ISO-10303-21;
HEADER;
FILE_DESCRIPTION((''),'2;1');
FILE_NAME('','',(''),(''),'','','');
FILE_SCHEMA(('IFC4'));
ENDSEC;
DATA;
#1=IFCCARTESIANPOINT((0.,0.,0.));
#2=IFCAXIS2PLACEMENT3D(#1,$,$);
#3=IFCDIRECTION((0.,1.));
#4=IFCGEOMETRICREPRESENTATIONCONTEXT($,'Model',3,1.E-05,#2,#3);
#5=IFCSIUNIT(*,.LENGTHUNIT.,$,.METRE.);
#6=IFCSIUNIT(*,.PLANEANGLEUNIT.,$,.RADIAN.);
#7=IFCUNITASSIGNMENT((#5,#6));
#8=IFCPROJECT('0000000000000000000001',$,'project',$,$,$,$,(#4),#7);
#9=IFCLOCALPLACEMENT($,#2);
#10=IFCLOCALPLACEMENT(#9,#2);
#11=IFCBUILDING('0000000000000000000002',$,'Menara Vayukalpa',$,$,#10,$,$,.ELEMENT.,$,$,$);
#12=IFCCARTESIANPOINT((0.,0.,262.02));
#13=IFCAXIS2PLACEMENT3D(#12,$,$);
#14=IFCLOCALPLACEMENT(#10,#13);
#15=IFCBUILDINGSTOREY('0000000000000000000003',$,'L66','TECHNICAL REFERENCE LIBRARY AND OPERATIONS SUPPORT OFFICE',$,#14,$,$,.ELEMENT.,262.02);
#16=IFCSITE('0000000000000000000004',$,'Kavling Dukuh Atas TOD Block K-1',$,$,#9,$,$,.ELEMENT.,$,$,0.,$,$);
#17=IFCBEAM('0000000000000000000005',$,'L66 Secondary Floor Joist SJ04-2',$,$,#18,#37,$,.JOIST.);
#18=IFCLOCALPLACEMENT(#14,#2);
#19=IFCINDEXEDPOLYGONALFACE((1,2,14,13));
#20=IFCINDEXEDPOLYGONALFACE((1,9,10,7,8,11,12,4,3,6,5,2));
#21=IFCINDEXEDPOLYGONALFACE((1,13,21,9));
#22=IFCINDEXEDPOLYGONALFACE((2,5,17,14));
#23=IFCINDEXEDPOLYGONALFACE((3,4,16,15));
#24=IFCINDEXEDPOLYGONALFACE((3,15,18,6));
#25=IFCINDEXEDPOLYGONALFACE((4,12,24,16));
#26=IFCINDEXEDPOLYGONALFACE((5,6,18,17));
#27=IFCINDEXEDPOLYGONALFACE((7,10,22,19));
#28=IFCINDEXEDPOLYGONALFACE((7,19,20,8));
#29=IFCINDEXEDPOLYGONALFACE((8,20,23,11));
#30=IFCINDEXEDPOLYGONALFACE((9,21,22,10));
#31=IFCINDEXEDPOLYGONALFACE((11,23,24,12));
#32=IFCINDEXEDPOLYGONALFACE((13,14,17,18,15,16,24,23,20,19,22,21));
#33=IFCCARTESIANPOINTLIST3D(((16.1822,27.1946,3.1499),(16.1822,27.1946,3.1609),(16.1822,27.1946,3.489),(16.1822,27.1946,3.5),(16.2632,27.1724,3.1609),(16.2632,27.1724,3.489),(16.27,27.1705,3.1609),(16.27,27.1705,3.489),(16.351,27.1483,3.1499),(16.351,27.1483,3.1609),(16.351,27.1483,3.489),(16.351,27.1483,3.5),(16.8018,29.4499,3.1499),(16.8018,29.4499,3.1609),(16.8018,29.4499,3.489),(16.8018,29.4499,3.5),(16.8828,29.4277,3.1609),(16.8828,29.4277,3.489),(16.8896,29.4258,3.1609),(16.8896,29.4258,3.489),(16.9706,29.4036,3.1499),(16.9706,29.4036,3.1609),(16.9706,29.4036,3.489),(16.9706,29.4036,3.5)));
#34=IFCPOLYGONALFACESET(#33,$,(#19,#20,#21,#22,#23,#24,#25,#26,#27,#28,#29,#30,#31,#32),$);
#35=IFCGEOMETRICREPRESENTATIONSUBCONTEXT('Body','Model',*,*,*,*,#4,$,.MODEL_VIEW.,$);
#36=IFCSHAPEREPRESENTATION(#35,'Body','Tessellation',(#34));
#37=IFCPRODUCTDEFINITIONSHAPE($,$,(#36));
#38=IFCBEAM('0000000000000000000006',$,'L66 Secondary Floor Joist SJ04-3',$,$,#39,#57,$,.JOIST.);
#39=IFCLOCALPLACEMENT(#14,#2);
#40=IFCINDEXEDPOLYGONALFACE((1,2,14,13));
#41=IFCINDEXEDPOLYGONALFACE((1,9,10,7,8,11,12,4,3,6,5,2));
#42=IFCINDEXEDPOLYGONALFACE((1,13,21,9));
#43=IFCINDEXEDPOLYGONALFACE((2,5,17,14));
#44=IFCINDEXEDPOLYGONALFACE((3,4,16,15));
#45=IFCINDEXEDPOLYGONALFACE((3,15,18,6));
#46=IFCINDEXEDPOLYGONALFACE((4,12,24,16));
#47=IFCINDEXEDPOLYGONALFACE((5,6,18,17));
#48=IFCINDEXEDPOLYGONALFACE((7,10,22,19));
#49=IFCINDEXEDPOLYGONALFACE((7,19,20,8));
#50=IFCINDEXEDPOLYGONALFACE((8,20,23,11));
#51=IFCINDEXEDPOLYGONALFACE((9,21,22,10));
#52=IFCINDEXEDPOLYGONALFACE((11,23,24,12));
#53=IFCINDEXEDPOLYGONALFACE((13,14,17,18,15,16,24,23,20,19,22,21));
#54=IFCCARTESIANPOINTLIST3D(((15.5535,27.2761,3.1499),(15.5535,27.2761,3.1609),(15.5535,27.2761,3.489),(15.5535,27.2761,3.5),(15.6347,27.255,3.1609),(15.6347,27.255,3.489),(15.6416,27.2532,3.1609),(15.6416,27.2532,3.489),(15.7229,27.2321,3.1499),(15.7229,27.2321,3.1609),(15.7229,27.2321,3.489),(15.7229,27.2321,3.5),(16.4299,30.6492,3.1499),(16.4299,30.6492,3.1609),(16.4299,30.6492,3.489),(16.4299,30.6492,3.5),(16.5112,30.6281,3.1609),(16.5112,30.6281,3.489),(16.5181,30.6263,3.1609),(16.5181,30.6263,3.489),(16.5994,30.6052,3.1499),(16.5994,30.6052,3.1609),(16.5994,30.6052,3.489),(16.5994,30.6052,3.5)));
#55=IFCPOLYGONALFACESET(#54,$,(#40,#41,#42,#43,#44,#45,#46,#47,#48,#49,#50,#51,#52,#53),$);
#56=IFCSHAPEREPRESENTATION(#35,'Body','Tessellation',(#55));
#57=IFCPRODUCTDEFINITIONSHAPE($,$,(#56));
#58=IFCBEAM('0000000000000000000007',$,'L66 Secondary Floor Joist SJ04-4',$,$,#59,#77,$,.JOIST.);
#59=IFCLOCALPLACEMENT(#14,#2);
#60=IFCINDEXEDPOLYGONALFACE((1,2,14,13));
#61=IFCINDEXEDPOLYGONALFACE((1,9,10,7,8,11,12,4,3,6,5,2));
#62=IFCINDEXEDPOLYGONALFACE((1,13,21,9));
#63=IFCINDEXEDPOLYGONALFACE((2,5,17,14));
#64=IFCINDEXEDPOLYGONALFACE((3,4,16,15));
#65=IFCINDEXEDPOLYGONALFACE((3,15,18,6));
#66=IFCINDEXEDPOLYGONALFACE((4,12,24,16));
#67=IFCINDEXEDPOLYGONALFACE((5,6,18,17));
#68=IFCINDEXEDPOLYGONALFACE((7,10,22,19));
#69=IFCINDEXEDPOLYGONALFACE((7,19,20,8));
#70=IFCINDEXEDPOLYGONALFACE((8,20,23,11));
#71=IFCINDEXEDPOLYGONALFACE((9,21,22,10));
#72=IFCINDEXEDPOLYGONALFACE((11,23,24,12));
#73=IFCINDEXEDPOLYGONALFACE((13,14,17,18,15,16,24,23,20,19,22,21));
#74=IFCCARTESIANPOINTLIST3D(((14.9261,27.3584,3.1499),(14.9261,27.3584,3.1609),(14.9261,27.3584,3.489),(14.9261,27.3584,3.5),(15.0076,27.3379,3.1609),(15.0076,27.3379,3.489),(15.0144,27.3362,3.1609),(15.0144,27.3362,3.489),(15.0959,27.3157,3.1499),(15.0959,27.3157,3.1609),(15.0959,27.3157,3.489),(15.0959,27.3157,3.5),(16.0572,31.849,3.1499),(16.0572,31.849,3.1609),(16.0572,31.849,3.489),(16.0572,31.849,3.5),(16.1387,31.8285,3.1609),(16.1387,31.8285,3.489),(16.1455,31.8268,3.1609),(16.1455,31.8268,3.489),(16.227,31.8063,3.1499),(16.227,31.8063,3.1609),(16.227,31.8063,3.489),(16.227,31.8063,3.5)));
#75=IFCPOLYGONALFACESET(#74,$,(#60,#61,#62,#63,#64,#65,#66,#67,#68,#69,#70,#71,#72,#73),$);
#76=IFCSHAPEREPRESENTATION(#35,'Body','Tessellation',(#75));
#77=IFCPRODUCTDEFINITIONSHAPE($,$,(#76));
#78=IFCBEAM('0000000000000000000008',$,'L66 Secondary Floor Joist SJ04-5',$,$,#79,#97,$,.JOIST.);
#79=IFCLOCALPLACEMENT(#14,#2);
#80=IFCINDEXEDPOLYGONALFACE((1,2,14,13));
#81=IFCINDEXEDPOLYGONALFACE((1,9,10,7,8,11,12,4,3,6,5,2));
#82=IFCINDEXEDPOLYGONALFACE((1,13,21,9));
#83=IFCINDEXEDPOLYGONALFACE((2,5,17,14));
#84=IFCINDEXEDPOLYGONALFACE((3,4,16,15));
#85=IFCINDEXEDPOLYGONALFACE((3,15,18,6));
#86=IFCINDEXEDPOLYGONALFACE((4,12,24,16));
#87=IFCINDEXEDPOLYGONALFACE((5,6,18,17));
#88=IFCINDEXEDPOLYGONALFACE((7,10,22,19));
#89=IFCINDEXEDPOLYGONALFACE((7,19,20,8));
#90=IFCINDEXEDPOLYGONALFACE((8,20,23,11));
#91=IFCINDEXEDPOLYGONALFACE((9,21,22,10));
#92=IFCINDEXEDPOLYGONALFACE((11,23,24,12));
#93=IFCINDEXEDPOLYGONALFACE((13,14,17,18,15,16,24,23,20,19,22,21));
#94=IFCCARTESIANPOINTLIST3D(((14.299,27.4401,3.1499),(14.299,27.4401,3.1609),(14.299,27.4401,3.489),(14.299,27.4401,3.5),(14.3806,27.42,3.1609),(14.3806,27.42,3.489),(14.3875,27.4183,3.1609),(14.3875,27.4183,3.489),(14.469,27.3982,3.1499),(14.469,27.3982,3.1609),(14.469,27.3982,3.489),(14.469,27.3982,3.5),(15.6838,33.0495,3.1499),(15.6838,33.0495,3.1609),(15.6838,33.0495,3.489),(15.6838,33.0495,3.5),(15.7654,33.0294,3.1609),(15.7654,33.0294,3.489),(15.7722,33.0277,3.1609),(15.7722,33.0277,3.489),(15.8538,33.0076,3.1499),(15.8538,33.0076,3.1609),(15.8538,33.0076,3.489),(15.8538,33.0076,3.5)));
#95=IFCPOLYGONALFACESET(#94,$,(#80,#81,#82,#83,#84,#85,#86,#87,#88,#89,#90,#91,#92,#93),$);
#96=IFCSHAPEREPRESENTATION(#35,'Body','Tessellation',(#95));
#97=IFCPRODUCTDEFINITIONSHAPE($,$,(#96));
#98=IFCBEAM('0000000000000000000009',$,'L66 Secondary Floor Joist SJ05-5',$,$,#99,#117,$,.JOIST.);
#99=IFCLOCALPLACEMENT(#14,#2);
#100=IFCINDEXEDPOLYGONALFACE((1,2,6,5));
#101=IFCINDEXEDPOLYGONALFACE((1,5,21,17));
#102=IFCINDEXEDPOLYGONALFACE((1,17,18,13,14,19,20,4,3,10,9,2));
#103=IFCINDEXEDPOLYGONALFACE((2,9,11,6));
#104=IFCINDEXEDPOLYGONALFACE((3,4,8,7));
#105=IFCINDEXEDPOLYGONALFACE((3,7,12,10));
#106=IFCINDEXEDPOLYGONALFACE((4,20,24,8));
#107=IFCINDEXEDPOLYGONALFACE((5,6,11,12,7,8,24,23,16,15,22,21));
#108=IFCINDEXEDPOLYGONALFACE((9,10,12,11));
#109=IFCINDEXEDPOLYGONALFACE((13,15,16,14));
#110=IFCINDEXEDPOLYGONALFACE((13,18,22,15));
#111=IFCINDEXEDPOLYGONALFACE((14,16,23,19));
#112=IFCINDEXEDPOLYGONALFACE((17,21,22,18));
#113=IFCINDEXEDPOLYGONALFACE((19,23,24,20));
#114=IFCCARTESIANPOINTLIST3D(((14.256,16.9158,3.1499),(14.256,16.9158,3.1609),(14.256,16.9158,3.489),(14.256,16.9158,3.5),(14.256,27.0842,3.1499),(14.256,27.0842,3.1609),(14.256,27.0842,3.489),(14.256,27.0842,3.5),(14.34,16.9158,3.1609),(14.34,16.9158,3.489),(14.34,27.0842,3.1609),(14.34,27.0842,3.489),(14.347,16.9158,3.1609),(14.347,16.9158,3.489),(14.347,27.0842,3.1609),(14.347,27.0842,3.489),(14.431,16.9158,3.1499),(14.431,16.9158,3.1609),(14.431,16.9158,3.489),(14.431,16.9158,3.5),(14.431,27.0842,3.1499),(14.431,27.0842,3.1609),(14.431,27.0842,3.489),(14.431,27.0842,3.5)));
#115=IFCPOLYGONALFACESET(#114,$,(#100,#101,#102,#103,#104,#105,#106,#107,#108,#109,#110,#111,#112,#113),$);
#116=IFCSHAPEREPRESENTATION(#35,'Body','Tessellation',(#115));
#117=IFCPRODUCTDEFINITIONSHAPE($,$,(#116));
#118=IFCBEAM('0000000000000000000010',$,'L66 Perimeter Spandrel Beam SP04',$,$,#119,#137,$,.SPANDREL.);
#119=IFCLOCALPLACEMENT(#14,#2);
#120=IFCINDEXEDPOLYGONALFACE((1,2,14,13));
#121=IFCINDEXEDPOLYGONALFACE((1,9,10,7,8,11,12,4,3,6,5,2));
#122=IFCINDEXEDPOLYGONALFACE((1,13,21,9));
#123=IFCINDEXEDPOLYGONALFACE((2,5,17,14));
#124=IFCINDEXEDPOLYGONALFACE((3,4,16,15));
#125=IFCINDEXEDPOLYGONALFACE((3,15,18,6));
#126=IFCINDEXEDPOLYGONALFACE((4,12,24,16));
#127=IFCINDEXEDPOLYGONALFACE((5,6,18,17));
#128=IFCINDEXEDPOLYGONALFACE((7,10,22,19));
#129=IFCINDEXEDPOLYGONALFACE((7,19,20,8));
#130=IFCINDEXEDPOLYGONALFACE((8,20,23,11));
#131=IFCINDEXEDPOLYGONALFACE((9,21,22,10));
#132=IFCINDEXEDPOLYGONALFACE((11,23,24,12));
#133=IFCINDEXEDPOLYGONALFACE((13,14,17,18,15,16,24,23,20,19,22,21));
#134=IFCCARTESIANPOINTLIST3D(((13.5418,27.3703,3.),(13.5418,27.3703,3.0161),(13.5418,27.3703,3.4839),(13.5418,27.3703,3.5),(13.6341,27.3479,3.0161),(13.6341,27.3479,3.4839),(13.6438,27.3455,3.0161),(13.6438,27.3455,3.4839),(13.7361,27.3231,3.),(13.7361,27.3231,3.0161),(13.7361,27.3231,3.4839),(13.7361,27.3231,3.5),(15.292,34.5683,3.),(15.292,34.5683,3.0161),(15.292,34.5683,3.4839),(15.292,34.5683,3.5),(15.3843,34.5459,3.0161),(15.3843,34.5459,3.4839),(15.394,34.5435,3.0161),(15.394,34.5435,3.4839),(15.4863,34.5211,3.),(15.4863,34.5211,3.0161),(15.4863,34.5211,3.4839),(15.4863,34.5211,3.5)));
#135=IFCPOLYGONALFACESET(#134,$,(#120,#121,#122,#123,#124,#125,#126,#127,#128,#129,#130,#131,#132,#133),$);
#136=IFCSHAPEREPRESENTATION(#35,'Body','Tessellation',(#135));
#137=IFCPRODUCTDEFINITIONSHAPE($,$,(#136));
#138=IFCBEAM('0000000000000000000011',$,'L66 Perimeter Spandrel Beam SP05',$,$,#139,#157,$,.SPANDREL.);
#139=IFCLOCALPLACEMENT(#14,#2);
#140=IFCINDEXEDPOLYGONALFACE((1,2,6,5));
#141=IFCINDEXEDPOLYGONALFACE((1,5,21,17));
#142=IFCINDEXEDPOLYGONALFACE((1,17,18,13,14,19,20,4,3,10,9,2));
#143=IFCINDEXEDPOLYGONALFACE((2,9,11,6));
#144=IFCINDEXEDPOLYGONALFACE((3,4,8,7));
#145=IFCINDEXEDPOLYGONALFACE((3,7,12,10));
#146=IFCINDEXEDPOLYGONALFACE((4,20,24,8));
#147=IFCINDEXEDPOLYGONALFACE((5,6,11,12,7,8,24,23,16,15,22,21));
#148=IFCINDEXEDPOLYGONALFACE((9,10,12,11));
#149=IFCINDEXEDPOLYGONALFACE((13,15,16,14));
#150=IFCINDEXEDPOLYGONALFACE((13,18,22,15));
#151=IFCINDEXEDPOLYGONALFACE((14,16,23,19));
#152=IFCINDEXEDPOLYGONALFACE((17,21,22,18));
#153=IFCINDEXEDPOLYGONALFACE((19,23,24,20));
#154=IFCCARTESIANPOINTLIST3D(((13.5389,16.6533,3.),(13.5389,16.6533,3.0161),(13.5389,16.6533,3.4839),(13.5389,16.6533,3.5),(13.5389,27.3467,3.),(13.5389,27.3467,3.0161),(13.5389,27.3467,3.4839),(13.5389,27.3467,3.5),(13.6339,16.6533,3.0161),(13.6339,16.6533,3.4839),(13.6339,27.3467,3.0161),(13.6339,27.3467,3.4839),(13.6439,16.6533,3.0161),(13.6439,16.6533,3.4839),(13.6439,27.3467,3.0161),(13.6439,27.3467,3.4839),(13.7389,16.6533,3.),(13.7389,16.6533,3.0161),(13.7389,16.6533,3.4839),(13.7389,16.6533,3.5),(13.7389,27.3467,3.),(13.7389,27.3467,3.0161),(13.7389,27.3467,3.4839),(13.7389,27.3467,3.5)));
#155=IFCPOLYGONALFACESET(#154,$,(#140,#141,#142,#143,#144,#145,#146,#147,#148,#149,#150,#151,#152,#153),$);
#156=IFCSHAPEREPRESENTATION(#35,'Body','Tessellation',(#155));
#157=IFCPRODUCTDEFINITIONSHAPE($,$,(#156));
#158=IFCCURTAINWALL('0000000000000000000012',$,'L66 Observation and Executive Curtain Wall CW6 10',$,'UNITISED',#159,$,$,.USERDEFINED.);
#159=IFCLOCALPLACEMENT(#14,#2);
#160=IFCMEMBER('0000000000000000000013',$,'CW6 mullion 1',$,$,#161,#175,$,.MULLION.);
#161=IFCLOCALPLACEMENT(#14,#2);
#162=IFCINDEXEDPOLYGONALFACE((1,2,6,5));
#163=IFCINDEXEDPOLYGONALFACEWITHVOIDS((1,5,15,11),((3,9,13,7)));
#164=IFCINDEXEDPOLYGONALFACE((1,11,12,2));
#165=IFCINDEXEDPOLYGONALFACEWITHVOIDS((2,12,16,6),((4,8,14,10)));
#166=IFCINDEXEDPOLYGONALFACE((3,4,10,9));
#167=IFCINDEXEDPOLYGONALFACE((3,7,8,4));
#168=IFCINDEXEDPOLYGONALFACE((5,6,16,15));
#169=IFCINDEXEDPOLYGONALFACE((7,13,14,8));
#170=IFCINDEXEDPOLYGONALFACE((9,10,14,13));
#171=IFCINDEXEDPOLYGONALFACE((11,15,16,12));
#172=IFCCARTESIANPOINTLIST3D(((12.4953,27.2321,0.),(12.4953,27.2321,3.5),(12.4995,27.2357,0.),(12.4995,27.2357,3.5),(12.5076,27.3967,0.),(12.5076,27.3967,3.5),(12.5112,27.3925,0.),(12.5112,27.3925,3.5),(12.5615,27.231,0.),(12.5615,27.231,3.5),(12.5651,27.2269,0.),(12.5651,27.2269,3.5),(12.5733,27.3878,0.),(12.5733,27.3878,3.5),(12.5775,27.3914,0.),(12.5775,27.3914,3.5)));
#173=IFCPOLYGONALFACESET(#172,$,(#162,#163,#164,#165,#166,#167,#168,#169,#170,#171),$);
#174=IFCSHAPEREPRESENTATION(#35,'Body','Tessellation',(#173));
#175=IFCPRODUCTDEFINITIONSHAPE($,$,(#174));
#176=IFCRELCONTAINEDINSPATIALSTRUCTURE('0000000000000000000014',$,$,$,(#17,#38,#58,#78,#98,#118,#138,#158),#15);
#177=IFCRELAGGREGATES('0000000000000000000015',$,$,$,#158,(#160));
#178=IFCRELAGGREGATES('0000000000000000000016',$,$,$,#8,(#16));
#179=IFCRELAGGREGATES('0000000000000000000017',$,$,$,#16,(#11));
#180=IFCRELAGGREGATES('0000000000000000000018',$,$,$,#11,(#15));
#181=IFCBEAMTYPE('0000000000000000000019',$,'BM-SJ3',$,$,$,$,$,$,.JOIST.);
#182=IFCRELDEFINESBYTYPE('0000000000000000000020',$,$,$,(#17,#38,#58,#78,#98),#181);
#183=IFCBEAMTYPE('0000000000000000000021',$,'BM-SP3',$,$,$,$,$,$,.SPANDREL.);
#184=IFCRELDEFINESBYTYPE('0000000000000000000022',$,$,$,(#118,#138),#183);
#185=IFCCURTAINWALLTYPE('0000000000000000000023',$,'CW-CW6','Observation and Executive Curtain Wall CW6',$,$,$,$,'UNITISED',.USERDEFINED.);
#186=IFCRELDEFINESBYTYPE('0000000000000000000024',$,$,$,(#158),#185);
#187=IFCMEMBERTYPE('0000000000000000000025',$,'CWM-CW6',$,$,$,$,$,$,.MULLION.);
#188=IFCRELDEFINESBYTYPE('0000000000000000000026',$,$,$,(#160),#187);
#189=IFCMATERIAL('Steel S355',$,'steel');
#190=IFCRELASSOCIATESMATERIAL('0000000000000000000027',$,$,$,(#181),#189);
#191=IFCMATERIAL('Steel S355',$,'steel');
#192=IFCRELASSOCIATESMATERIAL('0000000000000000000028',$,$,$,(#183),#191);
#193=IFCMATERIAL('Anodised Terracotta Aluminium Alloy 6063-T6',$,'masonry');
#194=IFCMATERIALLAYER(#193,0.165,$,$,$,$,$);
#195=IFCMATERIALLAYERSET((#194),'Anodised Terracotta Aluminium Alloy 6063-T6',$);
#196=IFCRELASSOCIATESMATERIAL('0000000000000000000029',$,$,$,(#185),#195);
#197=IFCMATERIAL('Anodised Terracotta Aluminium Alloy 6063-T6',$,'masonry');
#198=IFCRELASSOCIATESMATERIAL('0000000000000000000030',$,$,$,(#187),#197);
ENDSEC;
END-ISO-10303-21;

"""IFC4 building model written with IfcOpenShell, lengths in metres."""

from ifc_helpers import new_model, si_unit, direction, frame, origin, origin_2d, place, context, subcontext, project, spatial, hollow_rectangle, i_section, extrude, material, layer, layer_set, material_profile, profile_set, type_object, element, aggregate, save


model = new_model("IFC4")

# Units and contexts
model_context = context("Model", 3, precision=1e-05, world=origin(), true_north=direction((0.0, 1.0)))
body_context = subcontext(model_context, "Body", "Model", "MODEL_VIEW")
ifc_project = project(units=[si_unit("LENGTHUNIT", "METRE"), si_unit("PLANEANGLEUNIT", "RADIAN")], contexts=[model_context])

# Site, building, storey
site_placement = place(None, origin())
site = spatial("IfcSite", under=ifc_project, at=site_placement, Name="Kavling Dukuh Atas TOD Block K-1", CompositionType="ELEMENT", RefElevation=0.0)
building_placement = place(site_placement, origin())
building = spatial("IfcBuilding", under=site, at=building_placement, Name="Menara Vayukalpa", CompositionType="ELEMENT")
storey_placement = place(building_placement, frame((0.0, 0.0, 262.02)))
storey = spatial("IfcBuildingStorey", under=building, at=storey_placement, Name="L66", Description="TECHNICAL REFERENCE LIBRARY AND OPERATIONS SUPPORT OFFICE", CompositionType="ELEMENT", Elevation=262.02)

# Beams
ifc_material_1 = material(Name="Steel S355", Category="steel")
ifc_material_profile_1 = material_profile(ifc_material_1, i_section(OverallWidth=0.175, OverallDepth=0.3501, WebThickness=0.0071, FlangeThickness=0.011, at=origin_2d()), Name="WF 350x175x7x11")
ifc_profile_set_1 = profile_set([ifc_material_profile_1], Name="Steel S355")
beam_type_1 = type_object("IfcBeamType", Name="BM-SJ3", PredefinedType="JOIST", material=ifc_profile_set_1)
beam_1_placement = place(storey_placement, frame((16.8862, 29.4268, 3.325), z_axis=(-0.264919, -0.964271, 0.0), x_axis=(0.964271, -0.264919, 0.0)))
element("IfcBeam", 1, at=beam_1_placement, inside=storey, type_object=beam_type_1, Name="L66 Secondary Floor Joist SJ04-2", PredefinedType="JOIST", context=body_context, shape_type="SweptSolid", body=[
    extrude(i_section(OverallWidth=0.175, OverallDepth=0.3501, WebThickness=0.0071, FlangeThickness=0.011, at=origin_2d()), origin(), (0.0, 0.0, 1.0), 2.3389),
])
beam_2_placement = place(storey_placement, frame((16.5146, 30.6272, 3.325), z_axis=(-0.251492, -0.967859, 0.0), x_axis=(0.967859, -0.251492, 0.0)))
element("IfcBeam", 2, at=beam_2_placement, inside=storey, type_object=beam_type_1, Name="L66 Secondary Floor Joist SJ04-3", PredefinedType="JOIST", context=body_context, shape_type="SweptSolid", body=[
    extrude(i_section(OverallWidth=0.175, OverallDepth=0.3501, WebThickness=0.0071, FlangeThickness=0.011, at=origin_2d()), origin(), (0.0, 0.0, 1.0), 3.4851),
])
beam_3_placement = place(storey_placement, frame((16.1421, 31.8276, 3.325), z_axis=(-0.244247, -0.969713, 0.0), x_axis=(0.969713, -0.244247, 0.0)))
element("IfcBeam", 3, at=beam_3_placement, inside=storey, type_object=beam_type_1, Name="L66 Secondary Floor Joist SJ04-4", PredefinedType="JOIST", context=body_context, shape_type="SweptSolid", body=[
    extrude(i_section(OverallWidth=0.175, OverallDepth=0.3501, WebThickness=0.0071, FlangeThickness=0.011, at=origin_2d()), origin(), (0.0, 0.0, 1.0), 4.6309),
])
beam_4_placement = place(storey_placement, frame((15.7688, 33.0286, 3.325), z_axis=(-0.239671, -0.970854, 0.0), x_axis=(0.970854, -0.239671, 0.0)))
element("IfcBeam", 4, at=beam_4_placement, inside=storey, type_object=beam_type_1, Name="L66 Secondary Floor Joist SJ04-5", PredefinedType="JOIST", context=body_context, shape_type="SweptSolid", body=[
    extrude(i_section(OverallWidth=0.175, OverallDepth=0.3501, WebThickness=0.0071, FlangeThickness=0.011, at=origin_2d()), origin(), (0.0, 0.0, 1.0), 5.7778),
])
beam_5_placement = place(storey_placement, frame((14.3435, 27.0842, 3.325), z_axis=(0.0, -1.0, 0.0), x_axis=(1.0, 0.0, 0.0)))
element("IfcBeam", 5, at=beam_5_placement, inside=storey, type_object=beam_type_1, Name="L66 Secondary Floor Joist SJ05-5", PredefinedType="JOIST", context=body_context, shape_type="SweptSolid", body=[
    extrude(i_section(OverallWidth=0.175, OverallDepth=0.3501, WebThickness=0.0071, FlangeThickness=0.011, at=origin_2d()), origin(), (0.0, 0.0, 1.0), 10.1685),
])
ifc_material_2 = material(Name="Steel S355", Category="steel")
ifc_material_profile_2 = material_profile(ifc_material_2, i_section(OverallWidth=0.2, OverallDepth=0.5, WebThickness=0.01, FlangeThickness=0.0161, at=origin_2d()), Name="WF 500x200x10x16")
ifc_profile_set_2 = profile_set([ifc_material_profile_2], Name="Steel S355")
beam_type_2 = type_object("IfcBeamType", Name="BM-SP3", PredefinedType="SPANDREL", material=ifc_profile_set_2)
beam_6_placement = place(storey_placement, frame((15.3892, 34.5447, 3.25), z_axis=(-0.236273, -0.971687, 0.0), x_axis=(0.971687, -0.236273, 0.0)))
element("IfcBeam", 6, at=beam_6_placement, inside=storey, type_object=beam_type_2, Name="L66 Perimeter Spandrel Beam SP04", PredefinedType="SPANDREL", context=body_context, shape_type="SweptSolid", body=[
    extrude(i_section(OverallWidth=0.2, OverallDepth=0.5, WebThickness=0.01, FlangeThickness=0.0161, at=origin_2d()), origin(), (0.0, 0.0, 1.0), 7.4077),
])
beam_7_placement = place(storey_placement, frame((13.6389, 27.3467, 3.25), z_axis=(0.0, -1.0, 0.0), x_axis=(1.0, 0.0, 0.0)))
element("IfcBeam", 7, at=beam_7_placement, inside=storey, type_object=beam_type_2, Name="L66 Perimeter Spandrel Beam SP05", PredefinedType="SPANDREL", context=body_context, shape_type="SweptSolid", body=[
    extrude(i_section(OverallWidth=0.2, OverallDepth=0.5, WebThickness=0.01, FlangeThickness=0.0161, at=origin_2d()), origin(), (0.0, 0.0, 1.0), 10.6934),
])

# Curtain wall, member
ifc_material_3 = material(Name="Anodised Terracotta Aluminium Alloy 6063-T6", Category="masonry")
ifc_layer_1 = layer(ifc_material_3, 0.165)
ifc_layer_set_1 = layer_set([ifc_layer_1], Name="Anodised Terracotta Aluminium Alloy 6063-T6")
curtain_wall_type = type_object("IfcCurtainWallType", Name="CW-CW6", Description="Observation and Executive Curtain Wall CW6", ElementType="UNITISED", PredefinedType="USERDEFINED", material=ifc_layer_set_1)
curtain_wall_placement = place(storey_placement, origin())
curtain_wall = element("IfcCurtainWall", 8, at=curtain_wall_placement, inside=storey, type_object=curtain_wall_type, Name="L66 Observation and Executive Curtain Wall CW6 10", ObjectType="UNITISED", PredefinedType="USERDEFINED")
ifc_material_4 = material(Name="Anodised Terracotta Aluminium Alloy 6063-T6", Category="masonry")
ifc_material_profile_3 = material_profile(ifc_material_4, hollow_rectangle(XDim=0.0701, YDim=0.165, WallThickness=0.0039, at=origin_2d()), Name="ALU 70x165x4")
ifc_profile_set_3 = profile_set([ifc_material_profile_3], Name="Anodised Terracotta Aluminium Alloy 6063-T6")
member_type_1 = type_object("IfcMemberType", Name="CWM-CW6", PredefinedType="MULLION", material=ifc_profile_set_3)
member_1_placement = place(storey_placement, frame((12.5364, 27.3118, 0.0), z_axis=(0.0, 0.0, 1.0), x_axis=(0.997199, -0.074789, 0.0)))
member_1 = element("IfcMember", 9, at=member_1_placement, type_object=member_type_1, Name="CW6 mullion 1", PredefinedType="MULLION", context=body_context, shape_type="SweptSolid", body=[
    extrude(hollow_rectangle(XDim=0.0701, YDim=0.165, WallThickness=0.0039, at=origin_2d()), origin(), (0.0, 0.0, 1.0), 3.5),
])
aggregate(curtain_wall, [member_1])

save(model, "model.ifc")
